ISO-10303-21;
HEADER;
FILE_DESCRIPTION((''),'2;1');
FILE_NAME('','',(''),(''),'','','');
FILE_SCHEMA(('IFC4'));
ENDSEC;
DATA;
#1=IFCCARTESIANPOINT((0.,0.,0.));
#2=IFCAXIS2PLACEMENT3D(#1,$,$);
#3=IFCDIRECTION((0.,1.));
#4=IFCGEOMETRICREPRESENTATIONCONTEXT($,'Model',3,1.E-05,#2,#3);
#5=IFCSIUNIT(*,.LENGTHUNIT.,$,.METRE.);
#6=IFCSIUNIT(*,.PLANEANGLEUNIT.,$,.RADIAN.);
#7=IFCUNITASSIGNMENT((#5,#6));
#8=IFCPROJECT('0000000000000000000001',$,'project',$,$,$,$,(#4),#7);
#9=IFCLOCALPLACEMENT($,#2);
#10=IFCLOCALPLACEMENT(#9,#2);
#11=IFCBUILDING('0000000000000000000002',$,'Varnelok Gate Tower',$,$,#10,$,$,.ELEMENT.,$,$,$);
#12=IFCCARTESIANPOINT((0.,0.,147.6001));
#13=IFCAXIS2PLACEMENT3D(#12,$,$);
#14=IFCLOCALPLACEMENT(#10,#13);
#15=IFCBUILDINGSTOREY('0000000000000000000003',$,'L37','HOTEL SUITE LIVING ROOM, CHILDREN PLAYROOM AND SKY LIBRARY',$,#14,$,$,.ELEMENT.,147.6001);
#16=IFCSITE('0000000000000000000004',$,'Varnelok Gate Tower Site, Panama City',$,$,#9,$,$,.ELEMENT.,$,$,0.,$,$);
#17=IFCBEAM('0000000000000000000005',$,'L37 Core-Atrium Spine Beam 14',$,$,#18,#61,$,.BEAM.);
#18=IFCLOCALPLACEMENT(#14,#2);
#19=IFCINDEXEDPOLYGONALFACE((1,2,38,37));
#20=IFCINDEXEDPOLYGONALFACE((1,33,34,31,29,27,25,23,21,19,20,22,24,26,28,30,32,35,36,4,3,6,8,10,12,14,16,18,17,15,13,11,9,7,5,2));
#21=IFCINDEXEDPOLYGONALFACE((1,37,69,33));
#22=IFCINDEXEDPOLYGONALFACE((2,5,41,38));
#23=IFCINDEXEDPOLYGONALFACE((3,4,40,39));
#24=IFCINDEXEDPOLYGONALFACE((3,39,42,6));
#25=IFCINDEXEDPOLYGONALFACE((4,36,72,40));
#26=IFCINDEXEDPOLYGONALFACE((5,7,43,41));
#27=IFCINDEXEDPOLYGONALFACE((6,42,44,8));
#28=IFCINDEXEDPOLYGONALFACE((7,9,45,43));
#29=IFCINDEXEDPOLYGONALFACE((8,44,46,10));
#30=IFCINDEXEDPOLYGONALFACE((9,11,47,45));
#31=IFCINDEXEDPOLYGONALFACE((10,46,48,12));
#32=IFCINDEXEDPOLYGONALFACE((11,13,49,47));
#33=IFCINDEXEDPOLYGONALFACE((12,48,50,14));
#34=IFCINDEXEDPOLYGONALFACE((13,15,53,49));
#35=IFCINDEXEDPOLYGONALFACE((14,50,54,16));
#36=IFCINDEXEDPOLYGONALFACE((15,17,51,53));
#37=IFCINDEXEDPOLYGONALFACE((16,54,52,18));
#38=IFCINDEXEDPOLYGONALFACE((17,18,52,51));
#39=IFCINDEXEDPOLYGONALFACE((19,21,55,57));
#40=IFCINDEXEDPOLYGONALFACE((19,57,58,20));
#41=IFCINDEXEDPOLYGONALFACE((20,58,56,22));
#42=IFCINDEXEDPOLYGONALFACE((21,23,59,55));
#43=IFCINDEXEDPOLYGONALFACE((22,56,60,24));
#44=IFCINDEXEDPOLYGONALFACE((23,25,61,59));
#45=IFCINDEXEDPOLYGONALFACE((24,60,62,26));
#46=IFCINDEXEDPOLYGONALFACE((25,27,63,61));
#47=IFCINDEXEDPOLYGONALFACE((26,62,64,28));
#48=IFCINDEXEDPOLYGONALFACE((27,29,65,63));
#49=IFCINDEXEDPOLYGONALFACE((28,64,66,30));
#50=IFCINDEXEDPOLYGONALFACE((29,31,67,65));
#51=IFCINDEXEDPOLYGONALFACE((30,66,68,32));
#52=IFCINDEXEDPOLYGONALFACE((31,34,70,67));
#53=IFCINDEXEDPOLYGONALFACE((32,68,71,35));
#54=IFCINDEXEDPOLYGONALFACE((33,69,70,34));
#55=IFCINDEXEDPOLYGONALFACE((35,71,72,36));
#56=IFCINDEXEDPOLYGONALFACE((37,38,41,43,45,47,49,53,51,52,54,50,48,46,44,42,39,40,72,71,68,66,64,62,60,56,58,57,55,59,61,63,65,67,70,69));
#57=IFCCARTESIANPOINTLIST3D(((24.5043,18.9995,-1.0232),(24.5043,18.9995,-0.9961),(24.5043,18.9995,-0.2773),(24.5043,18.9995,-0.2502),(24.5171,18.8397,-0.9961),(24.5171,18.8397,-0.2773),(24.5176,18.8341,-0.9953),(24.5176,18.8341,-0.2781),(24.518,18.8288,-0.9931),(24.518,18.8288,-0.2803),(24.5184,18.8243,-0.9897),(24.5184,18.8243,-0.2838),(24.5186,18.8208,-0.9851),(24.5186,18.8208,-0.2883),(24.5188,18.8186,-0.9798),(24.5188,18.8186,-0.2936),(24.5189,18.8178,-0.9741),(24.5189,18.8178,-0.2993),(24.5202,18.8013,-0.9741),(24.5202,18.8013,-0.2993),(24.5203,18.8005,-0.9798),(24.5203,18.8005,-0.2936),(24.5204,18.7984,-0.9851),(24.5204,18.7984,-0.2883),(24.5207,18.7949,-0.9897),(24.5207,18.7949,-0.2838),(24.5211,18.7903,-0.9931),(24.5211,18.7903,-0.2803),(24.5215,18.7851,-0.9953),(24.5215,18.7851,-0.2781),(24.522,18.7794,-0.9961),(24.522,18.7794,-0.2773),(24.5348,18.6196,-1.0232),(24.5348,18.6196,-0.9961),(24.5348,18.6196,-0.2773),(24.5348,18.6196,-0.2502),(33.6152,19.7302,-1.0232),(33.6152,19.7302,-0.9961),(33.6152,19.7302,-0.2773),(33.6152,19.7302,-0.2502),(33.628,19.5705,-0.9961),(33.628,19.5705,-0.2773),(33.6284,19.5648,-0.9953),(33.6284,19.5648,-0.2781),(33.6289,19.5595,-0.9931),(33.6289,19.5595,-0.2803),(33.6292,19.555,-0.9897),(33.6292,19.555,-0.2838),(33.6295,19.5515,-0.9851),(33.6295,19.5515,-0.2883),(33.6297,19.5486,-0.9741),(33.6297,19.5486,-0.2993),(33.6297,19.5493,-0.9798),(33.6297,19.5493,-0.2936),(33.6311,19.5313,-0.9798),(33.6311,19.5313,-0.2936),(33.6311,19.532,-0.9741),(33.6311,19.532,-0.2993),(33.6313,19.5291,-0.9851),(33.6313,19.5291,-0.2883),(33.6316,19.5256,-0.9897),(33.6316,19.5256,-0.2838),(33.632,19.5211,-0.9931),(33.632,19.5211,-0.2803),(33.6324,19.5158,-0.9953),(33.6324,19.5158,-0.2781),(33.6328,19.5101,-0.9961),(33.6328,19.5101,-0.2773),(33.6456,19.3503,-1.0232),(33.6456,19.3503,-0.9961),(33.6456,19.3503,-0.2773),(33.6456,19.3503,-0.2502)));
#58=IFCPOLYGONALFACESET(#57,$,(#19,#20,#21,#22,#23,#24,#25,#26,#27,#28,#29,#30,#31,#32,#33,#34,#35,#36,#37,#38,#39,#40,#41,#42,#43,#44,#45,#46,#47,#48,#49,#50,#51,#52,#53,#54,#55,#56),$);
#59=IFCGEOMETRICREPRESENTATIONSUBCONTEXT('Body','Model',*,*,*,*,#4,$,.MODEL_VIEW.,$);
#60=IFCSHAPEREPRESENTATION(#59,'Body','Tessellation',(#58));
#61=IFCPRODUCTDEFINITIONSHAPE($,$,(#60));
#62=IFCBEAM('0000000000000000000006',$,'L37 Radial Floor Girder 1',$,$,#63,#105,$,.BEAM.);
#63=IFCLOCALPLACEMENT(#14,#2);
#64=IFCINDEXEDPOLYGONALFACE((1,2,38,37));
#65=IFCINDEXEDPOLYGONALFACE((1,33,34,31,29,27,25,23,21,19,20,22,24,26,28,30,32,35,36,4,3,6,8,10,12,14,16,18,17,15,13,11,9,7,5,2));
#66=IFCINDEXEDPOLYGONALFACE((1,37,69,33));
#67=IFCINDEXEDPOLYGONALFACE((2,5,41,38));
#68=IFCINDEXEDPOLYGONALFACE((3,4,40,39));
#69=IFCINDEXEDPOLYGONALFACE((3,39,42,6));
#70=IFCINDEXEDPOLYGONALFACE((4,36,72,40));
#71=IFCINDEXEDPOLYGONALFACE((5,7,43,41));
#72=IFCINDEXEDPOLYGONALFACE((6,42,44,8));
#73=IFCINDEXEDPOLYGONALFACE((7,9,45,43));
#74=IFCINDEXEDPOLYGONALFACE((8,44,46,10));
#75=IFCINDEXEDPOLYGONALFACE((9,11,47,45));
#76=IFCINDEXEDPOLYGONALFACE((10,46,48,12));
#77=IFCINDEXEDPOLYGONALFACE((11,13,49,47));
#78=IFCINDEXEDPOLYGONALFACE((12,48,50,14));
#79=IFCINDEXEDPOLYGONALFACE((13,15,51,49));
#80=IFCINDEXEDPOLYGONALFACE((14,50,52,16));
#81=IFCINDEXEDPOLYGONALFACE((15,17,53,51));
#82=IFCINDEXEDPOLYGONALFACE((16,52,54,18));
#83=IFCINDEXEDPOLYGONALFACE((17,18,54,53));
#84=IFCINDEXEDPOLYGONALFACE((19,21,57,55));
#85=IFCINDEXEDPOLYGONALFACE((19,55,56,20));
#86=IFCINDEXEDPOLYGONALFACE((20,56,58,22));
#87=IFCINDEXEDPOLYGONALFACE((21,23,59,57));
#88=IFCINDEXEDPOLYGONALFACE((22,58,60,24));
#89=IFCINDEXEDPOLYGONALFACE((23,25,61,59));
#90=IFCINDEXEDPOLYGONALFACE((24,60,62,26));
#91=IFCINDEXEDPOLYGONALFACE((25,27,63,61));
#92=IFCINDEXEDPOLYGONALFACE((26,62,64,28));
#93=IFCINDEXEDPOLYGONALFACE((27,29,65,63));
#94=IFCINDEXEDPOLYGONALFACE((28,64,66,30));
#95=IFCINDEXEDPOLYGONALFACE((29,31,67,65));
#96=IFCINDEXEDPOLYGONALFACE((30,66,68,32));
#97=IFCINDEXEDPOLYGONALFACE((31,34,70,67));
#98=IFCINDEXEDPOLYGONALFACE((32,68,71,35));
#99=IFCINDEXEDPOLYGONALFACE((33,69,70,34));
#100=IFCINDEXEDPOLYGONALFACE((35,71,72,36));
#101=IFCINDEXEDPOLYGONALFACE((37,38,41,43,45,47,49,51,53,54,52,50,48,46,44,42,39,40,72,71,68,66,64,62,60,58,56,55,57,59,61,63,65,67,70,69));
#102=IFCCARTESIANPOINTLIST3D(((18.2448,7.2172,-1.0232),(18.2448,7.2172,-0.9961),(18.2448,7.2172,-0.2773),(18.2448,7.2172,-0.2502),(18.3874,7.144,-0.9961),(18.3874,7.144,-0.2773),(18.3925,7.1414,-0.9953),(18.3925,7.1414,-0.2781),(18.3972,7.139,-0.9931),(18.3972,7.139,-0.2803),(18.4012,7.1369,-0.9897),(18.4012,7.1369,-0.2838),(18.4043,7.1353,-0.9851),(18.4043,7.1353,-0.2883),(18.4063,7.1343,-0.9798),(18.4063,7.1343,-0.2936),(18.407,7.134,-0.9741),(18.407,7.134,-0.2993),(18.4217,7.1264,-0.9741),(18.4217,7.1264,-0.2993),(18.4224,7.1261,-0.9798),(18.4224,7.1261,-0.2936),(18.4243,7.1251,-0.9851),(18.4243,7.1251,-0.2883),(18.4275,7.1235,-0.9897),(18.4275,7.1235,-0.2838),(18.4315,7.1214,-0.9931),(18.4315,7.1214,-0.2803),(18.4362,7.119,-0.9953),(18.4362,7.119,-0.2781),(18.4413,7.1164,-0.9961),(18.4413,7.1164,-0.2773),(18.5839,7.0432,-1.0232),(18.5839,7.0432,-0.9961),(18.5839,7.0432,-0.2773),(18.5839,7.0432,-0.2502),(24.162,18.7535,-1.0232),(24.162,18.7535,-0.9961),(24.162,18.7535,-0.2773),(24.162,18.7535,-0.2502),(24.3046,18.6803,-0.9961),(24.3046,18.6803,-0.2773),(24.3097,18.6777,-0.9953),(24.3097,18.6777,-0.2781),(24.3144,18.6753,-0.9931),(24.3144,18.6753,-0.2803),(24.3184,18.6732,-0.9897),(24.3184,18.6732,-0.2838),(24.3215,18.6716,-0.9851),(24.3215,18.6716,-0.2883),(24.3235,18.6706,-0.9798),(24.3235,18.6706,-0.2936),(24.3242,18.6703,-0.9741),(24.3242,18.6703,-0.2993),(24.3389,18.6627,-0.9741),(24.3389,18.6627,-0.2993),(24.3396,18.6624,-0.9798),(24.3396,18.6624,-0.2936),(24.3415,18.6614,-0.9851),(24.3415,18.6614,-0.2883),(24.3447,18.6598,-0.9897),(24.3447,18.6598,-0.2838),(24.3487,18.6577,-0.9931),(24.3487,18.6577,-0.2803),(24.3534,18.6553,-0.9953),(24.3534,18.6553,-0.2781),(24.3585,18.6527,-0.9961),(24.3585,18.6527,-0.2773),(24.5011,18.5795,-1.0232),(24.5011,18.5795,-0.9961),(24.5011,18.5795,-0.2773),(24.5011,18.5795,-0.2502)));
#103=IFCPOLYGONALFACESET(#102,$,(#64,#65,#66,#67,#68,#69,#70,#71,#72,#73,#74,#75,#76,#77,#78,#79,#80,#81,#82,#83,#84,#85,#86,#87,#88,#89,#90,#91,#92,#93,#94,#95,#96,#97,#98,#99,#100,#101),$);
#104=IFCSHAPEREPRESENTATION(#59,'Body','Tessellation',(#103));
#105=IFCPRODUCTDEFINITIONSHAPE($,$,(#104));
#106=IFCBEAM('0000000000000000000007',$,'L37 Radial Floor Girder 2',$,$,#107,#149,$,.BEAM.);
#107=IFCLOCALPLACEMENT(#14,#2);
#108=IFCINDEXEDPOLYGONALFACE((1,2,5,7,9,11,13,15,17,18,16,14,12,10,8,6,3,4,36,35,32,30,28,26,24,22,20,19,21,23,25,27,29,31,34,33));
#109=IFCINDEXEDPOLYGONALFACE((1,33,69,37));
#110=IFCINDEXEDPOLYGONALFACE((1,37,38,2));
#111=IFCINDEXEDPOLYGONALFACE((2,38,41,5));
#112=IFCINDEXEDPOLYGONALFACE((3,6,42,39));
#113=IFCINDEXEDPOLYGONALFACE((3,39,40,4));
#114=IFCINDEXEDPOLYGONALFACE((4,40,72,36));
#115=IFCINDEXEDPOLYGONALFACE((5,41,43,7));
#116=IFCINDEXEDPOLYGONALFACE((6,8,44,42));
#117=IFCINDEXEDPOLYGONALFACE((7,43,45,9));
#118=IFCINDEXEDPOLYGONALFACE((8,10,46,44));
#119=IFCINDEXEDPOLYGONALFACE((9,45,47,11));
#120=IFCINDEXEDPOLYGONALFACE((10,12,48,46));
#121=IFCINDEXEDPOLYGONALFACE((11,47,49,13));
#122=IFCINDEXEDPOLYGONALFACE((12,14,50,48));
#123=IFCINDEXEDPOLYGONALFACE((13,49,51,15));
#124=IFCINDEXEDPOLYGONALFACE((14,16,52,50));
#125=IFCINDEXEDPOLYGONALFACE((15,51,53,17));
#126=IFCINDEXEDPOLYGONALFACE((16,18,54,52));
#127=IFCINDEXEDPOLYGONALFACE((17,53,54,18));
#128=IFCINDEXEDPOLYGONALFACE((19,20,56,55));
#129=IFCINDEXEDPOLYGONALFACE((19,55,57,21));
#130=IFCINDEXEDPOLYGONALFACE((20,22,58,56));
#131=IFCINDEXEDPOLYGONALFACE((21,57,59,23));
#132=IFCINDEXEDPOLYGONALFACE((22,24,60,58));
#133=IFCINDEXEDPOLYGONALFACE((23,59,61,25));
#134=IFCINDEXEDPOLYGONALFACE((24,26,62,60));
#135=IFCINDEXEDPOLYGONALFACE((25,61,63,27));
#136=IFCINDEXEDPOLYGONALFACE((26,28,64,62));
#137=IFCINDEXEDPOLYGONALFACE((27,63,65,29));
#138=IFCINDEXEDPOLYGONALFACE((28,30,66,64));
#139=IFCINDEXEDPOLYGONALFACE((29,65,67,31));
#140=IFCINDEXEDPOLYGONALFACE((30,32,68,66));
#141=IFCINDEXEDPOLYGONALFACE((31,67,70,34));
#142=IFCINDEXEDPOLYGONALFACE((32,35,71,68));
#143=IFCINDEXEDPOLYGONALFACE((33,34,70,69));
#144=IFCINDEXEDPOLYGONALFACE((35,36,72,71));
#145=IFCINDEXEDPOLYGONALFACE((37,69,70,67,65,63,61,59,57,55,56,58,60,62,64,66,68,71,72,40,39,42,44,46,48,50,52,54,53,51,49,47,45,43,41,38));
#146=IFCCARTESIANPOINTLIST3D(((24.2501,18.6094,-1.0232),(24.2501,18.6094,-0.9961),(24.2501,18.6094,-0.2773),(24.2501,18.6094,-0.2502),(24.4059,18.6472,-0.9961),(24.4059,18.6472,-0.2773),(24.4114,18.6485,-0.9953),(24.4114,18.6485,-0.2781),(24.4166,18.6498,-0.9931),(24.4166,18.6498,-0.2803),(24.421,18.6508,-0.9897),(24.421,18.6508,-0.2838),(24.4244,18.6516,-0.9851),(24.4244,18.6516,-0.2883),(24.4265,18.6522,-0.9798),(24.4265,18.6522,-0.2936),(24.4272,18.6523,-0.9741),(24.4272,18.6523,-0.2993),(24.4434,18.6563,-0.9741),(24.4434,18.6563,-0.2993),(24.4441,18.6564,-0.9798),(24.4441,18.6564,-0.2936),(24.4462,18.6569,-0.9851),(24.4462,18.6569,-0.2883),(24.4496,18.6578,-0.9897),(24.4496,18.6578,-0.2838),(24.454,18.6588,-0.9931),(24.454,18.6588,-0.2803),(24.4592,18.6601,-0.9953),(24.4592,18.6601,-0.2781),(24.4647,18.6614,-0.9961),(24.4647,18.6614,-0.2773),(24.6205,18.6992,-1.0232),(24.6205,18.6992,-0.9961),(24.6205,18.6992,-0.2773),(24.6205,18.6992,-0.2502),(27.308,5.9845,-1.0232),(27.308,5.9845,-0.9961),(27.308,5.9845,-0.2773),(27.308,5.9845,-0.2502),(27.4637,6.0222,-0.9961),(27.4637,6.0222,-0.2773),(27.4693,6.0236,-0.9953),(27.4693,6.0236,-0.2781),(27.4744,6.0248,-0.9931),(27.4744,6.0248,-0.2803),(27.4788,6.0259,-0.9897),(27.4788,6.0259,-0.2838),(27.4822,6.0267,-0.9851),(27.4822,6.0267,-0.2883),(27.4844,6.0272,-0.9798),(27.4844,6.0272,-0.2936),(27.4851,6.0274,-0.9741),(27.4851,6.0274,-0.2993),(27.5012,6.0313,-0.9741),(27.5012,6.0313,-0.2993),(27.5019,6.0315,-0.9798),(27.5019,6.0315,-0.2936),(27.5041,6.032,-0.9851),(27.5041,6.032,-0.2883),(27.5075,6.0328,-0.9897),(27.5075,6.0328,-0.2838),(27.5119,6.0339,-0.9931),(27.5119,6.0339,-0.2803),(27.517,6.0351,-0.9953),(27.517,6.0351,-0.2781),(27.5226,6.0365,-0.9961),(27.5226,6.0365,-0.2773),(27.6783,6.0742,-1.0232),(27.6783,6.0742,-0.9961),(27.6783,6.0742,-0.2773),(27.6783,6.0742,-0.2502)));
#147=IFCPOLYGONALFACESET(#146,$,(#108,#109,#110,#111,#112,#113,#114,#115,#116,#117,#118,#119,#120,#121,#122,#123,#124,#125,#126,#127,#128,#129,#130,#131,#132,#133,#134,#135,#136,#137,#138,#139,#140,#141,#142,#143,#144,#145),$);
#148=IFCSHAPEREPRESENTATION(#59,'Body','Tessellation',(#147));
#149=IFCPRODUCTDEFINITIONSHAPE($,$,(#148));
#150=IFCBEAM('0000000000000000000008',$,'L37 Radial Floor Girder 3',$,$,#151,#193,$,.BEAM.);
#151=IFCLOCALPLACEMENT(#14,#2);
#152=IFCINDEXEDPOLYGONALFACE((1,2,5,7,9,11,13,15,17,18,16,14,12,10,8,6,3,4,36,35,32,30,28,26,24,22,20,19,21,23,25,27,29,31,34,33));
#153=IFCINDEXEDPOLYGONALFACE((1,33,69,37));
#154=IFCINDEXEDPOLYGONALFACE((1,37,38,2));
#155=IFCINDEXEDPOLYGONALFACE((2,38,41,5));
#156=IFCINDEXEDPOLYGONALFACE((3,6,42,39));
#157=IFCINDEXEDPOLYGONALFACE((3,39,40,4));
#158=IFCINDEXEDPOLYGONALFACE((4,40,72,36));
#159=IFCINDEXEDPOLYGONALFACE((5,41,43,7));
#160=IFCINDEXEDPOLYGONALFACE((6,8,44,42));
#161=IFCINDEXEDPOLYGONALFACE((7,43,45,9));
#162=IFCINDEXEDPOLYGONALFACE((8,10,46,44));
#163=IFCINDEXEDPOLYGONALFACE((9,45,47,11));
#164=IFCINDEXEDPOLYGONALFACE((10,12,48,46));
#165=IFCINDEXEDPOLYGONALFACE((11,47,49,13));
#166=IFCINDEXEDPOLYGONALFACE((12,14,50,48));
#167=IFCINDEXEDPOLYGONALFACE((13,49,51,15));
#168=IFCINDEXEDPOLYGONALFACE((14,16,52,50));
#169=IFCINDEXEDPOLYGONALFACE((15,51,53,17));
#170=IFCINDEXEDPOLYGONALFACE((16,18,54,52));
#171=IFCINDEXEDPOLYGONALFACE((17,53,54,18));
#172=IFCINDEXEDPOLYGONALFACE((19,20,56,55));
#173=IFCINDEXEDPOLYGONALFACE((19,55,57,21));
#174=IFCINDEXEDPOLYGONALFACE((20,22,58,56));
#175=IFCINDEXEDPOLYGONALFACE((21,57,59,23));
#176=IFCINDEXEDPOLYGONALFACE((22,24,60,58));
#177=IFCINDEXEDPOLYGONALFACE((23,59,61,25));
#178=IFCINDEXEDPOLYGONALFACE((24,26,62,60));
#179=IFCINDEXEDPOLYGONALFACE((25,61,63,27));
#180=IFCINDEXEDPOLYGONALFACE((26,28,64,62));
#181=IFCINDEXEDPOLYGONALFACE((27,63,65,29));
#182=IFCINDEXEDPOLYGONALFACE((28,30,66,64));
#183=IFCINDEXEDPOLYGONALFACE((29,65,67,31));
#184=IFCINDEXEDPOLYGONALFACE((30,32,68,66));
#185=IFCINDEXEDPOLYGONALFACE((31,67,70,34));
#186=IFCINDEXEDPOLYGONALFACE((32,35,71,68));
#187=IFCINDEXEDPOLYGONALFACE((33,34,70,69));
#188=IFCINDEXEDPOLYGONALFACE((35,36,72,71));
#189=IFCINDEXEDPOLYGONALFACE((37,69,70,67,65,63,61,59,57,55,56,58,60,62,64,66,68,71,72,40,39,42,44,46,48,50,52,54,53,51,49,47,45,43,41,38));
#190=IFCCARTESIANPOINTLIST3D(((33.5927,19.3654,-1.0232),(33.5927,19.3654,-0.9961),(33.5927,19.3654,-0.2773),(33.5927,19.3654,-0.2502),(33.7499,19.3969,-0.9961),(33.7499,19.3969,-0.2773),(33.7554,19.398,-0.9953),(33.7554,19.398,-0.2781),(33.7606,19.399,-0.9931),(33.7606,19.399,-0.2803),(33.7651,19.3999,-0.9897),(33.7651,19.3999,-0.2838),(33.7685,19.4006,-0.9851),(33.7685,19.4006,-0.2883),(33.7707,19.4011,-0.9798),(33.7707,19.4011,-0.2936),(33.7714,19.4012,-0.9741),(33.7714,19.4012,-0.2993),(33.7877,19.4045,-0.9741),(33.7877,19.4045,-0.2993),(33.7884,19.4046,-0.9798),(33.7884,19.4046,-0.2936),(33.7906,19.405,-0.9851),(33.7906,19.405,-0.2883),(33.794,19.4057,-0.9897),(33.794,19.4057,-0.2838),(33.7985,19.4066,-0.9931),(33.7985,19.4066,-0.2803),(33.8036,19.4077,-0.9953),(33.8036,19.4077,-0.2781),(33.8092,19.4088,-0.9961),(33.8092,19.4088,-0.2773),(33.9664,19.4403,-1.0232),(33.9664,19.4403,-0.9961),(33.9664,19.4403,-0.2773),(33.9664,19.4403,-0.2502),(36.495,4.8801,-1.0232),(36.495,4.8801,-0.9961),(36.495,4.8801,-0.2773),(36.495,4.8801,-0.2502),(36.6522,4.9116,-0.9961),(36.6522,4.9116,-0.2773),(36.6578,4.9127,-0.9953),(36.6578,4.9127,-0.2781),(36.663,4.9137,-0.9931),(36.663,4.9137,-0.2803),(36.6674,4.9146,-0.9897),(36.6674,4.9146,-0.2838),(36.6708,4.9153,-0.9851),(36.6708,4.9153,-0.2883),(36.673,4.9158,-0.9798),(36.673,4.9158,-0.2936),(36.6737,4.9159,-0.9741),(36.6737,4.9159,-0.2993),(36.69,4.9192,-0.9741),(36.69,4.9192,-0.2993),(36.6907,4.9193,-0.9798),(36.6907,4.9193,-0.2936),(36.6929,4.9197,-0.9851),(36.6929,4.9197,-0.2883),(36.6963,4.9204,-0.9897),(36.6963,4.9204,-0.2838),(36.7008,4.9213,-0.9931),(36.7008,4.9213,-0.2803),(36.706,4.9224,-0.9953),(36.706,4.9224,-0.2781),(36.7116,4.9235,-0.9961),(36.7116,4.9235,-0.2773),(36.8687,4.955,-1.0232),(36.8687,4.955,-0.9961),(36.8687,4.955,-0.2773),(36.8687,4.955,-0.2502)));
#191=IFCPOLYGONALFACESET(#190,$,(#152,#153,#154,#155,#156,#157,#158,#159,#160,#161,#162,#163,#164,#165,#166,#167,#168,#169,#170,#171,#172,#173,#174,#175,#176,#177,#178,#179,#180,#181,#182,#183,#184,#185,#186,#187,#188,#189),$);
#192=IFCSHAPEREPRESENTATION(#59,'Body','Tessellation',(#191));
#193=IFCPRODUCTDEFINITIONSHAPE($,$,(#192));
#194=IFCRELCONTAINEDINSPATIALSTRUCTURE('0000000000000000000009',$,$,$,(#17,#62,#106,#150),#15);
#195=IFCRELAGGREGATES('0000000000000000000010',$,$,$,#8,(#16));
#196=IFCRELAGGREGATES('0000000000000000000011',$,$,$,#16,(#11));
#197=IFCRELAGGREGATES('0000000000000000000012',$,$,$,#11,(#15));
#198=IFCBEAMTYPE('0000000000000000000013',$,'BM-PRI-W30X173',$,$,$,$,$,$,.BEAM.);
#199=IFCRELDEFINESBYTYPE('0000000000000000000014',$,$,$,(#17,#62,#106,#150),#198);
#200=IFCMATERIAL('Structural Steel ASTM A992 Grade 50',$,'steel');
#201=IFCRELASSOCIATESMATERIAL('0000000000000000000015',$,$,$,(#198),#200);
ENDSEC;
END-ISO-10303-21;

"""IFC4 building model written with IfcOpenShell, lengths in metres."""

from ifc_helpers import new_model, si_unit, direction, frame, origin, origin_2d, place, context, subcontext, project, spatial, i_section, extrude, material, material_profile, profile_set, type_object, element, save


model = new_model("IFC4")

# Units and contexts
model_context = context("Model", 3, precision=1e-05, world=origin(), true_north=direction((0.0, 1.0)))
body_context = subcontext(model_context, "Body", "Model", "MODEL_VIEW")
ifc_project = project(units=[si_unit("LENGTHUNIT", "METRE"), si_unit("PLANEANGLEUNIT", "RADIAN")], contexts=[model_context])

# Site, building, storey
site_placement = place(None, origin())
site = spatial("IfcSite", under=ifc_project, at=site_placement, Name="Varnelok Gate Tower Site, Panama City", CompositionType="ELEMENT", RefElevation=0.0)
building_placement = place(site_placement, origin())
building = spatial("IfcBuilding", under=site, at=building_placement, Name="Varnelok Gate Tower", CompositionType="ELEMENT")
storey_placement = place(building_placement, frame((0.0, 0.0, 147.6001)))
storey = spatial("IfcBuildingStorey", under=building, at=storey_placement, Name="L37", Description="HOTEL SUITE LIVING ROOM, CHILDREN PLAYROOM AND SKY LIBRARY", CompositionType="ELEMENT", Elevation=147.6001)

# Shared definitions
ifc_material_1 = material(Name="Structural Steel ASTM A992 Grade 50", Category="steel")

# Beams
ifc_material_profile_1 = material_profile(ifc_material_1, i_section(OverallWidth=0.3811, OverallDepth=0.7729, WebThickness=0.0166, FlangeThickness=0.0271, FilletRadius=0.022, at=origin_2d()), Name="W30X173")
ifc_profile_set_1 = profile_set([ifc_material_profile_1], Name="Structural Steel ASTM A992 Grade 50")
beam_type_1 = type_object("IfcBeamType", Name="BM-PRI-W30X173", PredefinedType="BEAM", material=ifc_profile_set_1)
beam_1_placement = place(storey_placement, frame((24.5195, 18.8096, -0.6367), z_axis=(0.996799, 0.079946, 0.0), x_axis=(-0.079946, 0.996799, 0.0)))
element("IfcBeam", 1, at=beam_1_placement, inside=storey, type_object=beam_type_1, Name="L37 Core-Atrium Spine Beam 14", PredefinedType="BEAM", context=body_context, shape_type="SweptSolid", body=[
    extrude(i_section(OverallWidth=0.3811, OverallDepth=0.7729, WebThickness=0.0166, FlangeThickness=0.0271, FilletRadius=0.022, at=origin_2d()), origin(), (0.0, 0.0, 1.0), 9.1401),
])
beam_2_placement = place(storey_placement, frame((24.3315, 18.6665, -0.6367), z_axis=(-0.456387, -0.889782, 0.0), x_axis=(0.889782, -0.456387, 0.0)))
element("IfcBeam", 2, at=beam_2_placement, inside=storey, type_object=beam_type_1, Name="L37 Radial Floor Girder 1", PredefinedType="BEAM", context=body_context, shape_type="SweptSolid", body=[
    extrude(i_section(OverallWidth=0.3811, OverallDepth=0.7729, WebThickness=0.0166, FlangeThickness=0.0271, FilletRadius=0.022, at=origin_2d()), origin(), (0.0, 0.0, 1.0), 12.9653),
])
beam_3_placement = place(storey_placement, frame((24.4353, 18.6543, -0.6367), z_axis=(0.2354, -0.971898, 0.0), x_axis=(0.971898, 0.2354, 0.0)))
element("IfcBeam", 3, at=beam_3_placement, inside=storey, type_object=beam_type_1, Name="L37 Radial Floor Girder 2", PredefinedType="BEAM", context=body_context, shape_type="SweptSolid", body=[
    extrude(i_section(OverallWidth=0.3811, OverallDepth=0.7729, WebThickness=0.0166, FlangeThickness=0.0271, FilletRadius=0.022, at=origin_2d()), origin(), (0.0, 0.0, 1.0), 12.99),
])
beam_4_placement = place(storey_placement, frame((33.7795, 19.4028, -0.6367), z_axis=(0.196459, -0.980512, 0.0), x_axis=(0.980512, 0.196459, 0.0)))
element("IfcBeam", 4, at=beam_4_placement, inside=storey, type_object=beam_type_1, Name="L37 Radial Floor Girder 3", PredefinedType="BEAM", context=body_context, shape_type="SweptSolid", body=[
    extrude(i_section(OverallWidth=0.3811, OverallDepth=0.7729, WebThickness=0.0166, FlangeThickness=0.0271, FilletRadius=0.022, at=origin_2d()), origin(), (0.0, 0.0, 1.0), 14.7732),
])

save(model, "model.ifc")
